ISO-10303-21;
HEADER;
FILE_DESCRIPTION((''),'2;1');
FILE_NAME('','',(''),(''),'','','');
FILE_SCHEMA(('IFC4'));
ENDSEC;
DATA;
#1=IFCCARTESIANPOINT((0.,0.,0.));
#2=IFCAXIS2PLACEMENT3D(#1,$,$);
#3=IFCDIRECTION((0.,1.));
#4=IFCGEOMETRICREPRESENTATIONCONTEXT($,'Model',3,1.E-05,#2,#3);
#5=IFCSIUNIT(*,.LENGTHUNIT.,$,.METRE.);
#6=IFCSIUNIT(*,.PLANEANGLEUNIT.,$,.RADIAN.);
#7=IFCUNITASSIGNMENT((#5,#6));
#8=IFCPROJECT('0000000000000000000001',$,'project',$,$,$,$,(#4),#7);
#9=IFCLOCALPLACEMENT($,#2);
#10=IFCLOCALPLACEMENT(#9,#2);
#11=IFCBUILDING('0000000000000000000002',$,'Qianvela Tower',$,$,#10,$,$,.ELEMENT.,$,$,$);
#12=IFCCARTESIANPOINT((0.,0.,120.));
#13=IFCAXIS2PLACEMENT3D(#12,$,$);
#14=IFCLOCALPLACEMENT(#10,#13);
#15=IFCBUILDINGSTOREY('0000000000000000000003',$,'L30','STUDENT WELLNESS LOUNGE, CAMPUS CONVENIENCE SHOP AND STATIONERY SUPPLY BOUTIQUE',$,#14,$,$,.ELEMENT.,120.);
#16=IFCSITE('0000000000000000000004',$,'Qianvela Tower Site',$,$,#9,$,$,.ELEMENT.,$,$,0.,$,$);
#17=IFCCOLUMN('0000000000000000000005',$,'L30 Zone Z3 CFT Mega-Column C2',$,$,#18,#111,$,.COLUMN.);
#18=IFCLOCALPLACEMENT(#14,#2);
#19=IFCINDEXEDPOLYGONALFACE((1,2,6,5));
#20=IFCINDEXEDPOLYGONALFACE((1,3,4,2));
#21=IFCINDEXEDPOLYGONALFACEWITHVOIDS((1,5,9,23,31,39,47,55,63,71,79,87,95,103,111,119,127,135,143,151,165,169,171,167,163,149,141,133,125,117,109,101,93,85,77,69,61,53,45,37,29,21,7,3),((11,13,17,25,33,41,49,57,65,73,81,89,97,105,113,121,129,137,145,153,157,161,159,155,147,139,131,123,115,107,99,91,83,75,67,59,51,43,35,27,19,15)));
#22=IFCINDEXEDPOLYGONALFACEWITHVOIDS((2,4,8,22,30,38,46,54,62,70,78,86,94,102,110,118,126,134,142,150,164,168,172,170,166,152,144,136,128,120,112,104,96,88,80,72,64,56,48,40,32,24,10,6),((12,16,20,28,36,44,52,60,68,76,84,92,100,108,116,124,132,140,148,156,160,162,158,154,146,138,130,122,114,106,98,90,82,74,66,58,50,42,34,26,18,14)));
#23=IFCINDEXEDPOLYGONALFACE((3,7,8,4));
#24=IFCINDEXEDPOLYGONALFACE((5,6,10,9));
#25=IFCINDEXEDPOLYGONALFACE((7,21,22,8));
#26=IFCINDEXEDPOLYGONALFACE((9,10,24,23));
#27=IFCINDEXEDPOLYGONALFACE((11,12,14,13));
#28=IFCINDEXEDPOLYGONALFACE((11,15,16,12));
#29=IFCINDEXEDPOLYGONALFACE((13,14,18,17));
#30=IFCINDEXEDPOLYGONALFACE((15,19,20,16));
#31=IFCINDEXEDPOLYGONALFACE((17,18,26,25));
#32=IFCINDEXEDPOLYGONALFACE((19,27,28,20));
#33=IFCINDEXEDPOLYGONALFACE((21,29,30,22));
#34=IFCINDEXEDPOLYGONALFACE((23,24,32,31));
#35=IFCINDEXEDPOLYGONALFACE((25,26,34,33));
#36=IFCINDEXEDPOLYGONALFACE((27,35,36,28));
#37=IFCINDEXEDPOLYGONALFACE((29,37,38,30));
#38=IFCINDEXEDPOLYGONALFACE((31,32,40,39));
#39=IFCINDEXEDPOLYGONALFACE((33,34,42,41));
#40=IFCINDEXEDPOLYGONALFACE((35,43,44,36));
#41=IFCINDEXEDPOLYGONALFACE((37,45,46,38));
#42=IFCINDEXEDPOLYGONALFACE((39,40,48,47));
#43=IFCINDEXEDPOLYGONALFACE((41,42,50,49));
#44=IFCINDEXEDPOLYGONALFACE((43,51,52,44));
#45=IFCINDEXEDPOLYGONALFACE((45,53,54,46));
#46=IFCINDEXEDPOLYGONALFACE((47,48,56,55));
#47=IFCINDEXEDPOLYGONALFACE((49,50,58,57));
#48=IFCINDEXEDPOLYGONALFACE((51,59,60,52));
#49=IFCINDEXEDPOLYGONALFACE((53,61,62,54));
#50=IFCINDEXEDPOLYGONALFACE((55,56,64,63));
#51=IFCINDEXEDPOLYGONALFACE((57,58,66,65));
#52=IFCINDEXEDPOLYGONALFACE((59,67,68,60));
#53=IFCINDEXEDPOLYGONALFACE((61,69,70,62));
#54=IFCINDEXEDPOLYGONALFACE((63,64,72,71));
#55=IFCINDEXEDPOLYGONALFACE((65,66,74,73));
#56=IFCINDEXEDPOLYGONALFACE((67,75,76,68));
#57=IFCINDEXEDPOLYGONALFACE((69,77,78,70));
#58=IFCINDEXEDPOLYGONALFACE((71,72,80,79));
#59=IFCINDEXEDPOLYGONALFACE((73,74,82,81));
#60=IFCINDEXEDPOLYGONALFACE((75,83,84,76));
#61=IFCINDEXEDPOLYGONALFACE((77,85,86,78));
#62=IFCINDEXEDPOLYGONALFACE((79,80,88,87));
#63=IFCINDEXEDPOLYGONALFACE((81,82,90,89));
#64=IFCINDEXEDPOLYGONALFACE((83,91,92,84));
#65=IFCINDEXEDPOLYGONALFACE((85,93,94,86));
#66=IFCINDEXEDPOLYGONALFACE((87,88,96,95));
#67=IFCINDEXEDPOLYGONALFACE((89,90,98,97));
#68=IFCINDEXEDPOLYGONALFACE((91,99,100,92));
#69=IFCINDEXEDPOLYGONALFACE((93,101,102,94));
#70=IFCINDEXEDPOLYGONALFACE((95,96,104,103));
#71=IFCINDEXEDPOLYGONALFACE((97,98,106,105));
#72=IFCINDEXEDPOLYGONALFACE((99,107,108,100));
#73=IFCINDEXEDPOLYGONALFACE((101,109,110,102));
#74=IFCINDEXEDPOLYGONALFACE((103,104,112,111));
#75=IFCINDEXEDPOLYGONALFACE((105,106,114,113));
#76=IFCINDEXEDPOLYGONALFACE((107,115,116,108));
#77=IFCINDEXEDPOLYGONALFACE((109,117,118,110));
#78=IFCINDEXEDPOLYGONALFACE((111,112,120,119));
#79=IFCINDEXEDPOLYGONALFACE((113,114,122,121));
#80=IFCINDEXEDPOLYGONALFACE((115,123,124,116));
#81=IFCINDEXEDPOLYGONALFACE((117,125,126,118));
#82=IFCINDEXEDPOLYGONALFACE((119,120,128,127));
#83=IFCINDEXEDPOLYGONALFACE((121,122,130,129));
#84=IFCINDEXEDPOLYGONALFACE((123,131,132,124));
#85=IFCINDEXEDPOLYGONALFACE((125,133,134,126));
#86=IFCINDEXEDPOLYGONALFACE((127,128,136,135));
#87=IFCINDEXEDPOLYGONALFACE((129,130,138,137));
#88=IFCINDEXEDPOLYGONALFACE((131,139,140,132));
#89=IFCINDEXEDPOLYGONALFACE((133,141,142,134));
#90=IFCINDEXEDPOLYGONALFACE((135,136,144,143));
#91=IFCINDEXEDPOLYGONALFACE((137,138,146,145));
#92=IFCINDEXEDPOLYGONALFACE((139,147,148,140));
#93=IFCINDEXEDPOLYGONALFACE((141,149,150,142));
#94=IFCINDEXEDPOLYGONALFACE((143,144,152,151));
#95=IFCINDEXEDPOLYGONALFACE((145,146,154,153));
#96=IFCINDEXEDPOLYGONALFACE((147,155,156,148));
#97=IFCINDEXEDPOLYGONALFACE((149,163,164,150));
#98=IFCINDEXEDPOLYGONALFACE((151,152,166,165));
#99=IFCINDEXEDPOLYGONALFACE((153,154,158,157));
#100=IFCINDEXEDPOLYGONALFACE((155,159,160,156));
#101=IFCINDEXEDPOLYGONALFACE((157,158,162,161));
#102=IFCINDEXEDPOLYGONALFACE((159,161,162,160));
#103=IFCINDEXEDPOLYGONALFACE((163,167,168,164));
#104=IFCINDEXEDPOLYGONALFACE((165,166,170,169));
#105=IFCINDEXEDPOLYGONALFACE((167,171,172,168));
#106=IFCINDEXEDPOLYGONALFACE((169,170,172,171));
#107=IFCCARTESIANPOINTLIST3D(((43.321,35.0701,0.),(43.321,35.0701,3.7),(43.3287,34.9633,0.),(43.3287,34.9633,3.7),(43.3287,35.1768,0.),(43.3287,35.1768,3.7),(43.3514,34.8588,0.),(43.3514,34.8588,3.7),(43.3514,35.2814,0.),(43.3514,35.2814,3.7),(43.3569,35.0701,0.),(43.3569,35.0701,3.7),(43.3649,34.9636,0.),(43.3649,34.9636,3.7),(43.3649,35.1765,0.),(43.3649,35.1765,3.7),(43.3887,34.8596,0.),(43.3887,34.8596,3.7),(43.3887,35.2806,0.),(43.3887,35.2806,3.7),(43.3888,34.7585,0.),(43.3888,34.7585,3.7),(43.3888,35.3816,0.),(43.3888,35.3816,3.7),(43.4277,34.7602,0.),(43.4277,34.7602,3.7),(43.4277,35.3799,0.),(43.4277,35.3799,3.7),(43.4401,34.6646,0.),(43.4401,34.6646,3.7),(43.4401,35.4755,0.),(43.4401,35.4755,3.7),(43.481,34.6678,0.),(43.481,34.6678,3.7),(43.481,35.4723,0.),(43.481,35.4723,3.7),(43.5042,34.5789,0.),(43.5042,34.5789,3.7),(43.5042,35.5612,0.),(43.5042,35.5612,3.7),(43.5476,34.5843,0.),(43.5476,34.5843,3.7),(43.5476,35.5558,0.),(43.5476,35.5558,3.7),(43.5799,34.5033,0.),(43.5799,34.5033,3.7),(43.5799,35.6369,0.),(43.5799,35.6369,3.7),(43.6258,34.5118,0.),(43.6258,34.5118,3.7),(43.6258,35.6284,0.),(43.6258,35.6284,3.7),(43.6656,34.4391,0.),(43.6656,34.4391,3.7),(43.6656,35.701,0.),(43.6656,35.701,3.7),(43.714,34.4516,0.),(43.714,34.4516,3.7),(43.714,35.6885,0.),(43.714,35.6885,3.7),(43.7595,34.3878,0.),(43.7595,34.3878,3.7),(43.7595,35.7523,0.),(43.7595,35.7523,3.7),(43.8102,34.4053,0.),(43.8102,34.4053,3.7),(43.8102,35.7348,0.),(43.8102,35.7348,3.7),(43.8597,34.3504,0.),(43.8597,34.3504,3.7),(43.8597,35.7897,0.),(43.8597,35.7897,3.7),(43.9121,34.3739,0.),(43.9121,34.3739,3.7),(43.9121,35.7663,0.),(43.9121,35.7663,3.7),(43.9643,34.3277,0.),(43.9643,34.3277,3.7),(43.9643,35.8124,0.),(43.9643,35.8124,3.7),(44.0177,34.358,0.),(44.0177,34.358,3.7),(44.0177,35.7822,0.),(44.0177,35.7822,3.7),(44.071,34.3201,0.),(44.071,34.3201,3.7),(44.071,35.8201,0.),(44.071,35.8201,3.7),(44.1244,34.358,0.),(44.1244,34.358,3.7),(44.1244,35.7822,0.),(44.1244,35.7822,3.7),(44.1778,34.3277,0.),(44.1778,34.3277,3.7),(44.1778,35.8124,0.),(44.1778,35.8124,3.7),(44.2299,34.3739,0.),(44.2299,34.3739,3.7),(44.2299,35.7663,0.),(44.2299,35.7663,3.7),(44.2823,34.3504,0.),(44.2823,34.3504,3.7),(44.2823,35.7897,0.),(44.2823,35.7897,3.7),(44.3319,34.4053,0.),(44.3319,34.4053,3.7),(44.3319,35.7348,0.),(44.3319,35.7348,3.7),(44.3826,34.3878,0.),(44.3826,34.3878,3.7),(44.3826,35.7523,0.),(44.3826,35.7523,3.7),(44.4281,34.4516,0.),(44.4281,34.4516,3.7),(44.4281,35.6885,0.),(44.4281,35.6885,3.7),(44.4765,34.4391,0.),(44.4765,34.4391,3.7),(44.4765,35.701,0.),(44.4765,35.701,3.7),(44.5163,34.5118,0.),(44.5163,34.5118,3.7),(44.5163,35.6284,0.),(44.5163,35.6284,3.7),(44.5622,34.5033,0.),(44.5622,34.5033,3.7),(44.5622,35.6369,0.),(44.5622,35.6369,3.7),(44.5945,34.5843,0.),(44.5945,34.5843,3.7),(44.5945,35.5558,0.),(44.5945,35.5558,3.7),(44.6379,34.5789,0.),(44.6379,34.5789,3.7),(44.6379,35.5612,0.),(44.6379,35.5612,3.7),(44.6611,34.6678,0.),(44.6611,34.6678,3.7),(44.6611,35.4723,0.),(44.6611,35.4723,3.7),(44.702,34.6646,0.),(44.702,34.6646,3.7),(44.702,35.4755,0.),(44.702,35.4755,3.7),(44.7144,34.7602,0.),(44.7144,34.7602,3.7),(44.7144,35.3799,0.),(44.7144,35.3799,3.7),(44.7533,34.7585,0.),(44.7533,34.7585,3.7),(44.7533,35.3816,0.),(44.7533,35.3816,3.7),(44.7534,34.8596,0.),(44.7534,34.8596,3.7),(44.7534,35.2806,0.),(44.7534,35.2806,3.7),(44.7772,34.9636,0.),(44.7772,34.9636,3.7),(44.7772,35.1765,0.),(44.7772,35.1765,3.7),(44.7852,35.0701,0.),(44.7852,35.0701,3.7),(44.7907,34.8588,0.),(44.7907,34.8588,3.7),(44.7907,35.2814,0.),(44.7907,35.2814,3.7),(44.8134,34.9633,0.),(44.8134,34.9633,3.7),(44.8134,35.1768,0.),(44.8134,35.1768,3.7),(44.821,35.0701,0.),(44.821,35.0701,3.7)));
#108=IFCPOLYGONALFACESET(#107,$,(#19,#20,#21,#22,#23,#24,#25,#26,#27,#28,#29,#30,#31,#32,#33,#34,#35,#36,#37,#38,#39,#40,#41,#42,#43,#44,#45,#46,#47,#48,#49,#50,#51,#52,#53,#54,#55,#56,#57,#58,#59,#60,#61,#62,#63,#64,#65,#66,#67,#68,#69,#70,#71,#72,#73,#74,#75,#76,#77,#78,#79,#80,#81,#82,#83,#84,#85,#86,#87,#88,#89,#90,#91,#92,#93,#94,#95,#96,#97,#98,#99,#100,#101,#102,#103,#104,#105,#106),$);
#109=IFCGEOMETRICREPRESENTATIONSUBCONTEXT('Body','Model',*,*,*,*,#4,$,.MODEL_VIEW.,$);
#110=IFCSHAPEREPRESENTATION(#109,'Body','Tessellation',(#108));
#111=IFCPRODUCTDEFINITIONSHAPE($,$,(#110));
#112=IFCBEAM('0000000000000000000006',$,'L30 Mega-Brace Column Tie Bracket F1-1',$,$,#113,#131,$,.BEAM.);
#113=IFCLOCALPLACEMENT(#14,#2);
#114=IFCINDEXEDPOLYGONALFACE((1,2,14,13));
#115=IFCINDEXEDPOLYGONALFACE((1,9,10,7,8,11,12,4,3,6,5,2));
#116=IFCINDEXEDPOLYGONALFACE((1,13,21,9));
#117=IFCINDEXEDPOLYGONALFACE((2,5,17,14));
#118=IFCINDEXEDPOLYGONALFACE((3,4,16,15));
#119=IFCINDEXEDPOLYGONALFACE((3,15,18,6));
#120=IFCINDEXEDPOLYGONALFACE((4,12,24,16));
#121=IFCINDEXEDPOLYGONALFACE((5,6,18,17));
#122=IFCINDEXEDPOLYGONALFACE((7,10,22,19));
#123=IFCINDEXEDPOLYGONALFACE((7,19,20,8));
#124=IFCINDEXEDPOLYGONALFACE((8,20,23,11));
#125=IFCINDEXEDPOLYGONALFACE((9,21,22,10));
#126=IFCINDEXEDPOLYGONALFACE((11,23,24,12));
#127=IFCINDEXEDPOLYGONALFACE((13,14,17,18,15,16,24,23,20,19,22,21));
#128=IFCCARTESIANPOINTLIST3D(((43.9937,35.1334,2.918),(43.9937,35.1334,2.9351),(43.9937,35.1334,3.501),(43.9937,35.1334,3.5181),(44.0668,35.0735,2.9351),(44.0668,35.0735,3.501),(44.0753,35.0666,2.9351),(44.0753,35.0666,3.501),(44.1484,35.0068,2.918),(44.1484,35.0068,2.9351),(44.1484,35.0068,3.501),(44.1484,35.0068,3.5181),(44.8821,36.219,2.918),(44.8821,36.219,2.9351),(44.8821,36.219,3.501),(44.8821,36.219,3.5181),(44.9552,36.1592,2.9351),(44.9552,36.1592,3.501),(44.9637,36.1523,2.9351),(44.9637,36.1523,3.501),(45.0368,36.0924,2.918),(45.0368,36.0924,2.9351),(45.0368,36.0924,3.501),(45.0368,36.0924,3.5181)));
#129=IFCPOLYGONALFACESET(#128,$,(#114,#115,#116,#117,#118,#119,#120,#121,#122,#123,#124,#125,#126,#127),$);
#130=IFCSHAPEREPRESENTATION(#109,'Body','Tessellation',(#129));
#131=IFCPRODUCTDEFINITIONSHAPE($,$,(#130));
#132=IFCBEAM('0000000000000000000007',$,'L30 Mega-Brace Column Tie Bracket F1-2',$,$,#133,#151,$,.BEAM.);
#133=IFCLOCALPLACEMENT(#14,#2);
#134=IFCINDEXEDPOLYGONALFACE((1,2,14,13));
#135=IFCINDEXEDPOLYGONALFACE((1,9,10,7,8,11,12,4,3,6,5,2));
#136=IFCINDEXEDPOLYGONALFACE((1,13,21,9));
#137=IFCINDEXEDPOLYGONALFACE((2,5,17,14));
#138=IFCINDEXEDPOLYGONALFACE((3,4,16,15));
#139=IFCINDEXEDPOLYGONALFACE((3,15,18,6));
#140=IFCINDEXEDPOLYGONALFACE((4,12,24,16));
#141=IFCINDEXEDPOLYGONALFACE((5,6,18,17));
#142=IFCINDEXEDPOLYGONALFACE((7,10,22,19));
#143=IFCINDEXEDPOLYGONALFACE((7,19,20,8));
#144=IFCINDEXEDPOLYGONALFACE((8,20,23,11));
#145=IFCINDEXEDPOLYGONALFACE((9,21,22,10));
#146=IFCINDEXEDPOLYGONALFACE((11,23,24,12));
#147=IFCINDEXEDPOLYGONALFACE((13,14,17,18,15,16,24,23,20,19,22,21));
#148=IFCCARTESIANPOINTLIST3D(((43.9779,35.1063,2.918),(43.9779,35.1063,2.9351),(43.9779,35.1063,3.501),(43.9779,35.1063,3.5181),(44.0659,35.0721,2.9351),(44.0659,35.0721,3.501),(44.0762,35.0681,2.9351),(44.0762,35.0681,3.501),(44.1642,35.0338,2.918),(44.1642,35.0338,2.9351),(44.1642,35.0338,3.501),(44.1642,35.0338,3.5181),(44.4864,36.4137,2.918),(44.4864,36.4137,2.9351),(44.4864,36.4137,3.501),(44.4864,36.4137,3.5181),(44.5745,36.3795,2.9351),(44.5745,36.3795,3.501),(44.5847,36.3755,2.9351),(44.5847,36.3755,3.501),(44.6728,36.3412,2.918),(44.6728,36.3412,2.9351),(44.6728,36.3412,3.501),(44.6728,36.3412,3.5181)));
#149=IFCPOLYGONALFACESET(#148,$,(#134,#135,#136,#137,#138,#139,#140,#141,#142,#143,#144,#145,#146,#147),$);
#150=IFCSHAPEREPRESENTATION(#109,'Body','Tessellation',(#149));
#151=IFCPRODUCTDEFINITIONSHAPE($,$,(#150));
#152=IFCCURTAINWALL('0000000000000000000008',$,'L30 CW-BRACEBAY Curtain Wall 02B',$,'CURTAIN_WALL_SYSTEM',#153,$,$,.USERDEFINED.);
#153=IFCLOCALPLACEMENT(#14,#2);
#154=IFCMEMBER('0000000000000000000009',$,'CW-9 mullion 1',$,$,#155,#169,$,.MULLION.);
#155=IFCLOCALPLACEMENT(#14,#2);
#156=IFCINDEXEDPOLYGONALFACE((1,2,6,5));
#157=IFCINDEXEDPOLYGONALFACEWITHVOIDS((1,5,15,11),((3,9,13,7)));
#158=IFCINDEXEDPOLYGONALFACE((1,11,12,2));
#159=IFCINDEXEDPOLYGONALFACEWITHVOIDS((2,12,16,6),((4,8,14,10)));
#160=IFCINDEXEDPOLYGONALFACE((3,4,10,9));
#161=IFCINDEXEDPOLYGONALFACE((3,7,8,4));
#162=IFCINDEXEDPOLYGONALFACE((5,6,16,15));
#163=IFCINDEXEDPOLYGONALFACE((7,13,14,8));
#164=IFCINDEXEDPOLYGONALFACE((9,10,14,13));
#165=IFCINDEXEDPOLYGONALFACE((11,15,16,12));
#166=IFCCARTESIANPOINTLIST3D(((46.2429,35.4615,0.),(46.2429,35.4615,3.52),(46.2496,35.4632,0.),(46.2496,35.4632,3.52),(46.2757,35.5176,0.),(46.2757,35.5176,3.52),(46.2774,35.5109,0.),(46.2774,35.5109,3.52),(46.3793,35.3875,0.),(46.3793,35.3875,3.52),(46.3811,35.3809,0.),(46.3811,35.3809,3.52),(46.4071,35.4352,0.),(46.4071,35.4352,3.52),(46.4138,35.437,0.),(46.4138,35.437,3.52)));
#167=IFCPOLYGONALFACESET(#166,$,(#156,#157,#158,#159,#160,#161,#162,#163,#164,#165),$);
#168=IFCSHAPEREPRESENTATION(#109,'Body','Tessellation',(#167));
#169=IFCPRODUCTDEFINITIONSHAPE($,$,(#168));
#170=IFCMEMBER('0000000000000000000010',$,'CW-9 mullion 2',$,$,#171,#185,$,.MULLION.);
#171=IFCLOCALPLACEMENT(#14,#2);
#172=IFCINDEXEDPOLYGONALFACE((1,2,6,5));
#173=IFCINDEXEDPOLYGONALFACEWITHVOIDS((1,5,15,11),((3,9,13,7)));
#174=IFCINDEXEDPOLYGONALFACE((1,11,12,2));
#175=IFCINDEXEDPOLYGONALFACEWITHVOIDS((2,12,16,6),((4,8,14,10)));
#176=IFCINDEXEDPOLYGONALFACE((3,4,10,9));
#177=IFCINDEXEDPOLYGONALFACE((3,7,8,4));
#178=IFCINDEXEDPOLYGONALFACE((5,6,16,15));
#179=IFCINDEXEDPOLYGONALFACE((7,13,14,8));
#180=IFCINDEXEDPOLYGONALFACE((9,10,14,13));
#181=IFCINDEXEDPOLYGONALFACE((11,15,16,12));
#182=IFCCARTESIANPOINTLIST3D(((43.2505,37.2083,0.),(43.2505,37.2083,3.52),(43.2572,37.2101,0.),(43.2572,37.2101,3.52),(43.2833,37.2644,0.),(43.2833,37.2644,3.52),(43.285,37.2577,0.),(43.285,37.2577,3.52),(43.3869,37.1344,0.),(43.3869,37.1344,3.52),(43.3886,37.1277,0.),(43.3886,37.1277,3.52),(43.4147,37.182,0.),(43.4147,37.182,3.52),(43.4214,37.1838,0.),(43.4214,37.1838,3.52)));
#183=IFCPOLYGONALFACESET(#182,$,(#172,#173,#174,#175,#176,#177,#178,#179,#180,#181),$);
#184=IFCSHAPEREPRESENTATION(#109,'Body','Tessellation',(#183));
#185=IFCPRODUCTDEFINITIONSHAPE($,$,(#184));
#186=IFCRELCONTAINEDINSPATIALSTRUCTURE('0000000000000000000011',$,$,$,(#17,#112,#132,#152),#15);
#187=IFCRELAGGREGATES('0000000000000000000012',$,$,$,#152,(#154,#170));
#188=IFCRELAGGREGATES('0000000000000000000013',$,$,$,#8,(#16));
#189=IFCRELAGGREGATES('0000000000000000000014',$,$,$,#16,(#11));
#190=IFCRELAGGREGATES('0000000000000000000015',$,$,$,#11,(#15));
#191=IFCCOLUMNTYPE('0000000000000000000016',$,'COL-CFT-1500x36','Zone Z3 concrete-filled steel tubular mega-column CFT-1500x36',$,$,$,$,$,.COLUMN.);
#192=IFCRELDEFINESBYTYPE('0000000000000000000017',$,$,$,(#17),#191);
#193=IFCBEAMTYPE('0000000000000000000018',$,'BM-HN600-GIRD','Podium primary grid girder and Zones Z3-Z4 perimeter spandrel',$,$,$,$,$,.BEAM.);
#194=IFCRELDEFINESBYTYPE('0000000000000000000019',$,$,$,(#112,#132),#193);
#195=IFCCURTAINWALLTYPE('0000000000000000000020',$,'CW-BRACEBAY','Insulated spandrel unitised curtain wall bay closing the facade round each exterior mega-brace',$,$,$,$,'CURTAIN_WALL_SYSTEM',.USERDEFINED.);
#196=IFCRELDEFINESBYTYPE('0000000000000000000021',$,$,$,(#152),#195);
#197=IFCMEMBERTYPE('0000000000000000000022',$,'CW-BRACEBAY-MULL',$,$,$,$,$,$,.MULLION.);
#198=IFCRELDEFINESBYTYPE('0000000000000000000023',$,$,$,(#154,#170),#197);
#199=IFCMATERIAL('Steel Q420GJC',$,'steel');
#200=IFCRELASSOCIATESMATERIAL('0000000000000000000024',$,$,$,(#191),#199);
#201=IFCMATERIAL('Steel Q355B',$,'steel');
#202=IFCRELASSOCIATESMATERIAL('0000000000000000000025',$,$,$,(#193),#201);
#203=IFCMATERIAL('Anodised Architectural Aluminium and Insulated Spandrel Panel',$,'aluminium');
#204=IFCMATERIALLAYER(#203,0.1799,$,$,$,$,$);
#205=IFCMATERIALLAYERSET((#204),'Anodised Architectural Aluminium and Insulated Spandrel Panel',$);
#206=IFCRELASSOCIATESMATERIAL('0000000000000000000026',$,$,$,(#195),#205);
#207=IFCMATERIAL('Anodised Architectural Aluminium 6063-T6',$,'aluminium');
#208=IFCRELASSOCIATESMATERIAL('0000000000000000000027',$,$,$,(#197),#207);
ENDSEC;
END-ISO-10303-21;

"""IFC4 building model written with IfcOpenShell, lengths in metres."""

from ifc_helpers import new_model, si_unit, direction, frame, origin, origin_2d, place, context, subcontext, project, spatial, hollow_rectangle, hollow_circle, i_section, extrude, material, layer, layer_set, material_profile, profile_set, type_object, element, aggregate, save


model = new_model("IFC4")

# Units and contexts
model_context = context("Model", 3, precision=1e-05, world=origin(), true_north=direction((0.0, 1.0)))
body_context = subcontext(model_context, "Body", "Model", "MODEL_VIEW")
ifc_project = project(units=[si_unit("LENGTHUNIT", "METRE"), si_unit("PLANEANGLEUNIT", "RADIAN")], contexts=[model_context])

# Site, building, storey
site_placement = place(None, origin())
site = spatial("IfcSite", under=ifc_project, at=site_placement, Name="Qianvela Tower Site", CompositionType="ELEMENT", RefElevation=0.0)
building_placement = place(site_placement, origin())
building = spatial("IfcBuilding", under=site, at=building_placement, Name="Qianvela Tower", CompositionType="ELEMENT")
storey_placement = place(building_placement, frame((0.0, 0.0, 120.0)))
storey = spatial("IfcBuildingStorey", under=building, at=storey_placement, Name="L30", Description="STUDENT WELLNESS LOUNGE, CAMPUS CONVENIENCE SHOP AND STATIONERY SUPPLY BOUTIQUE", CompositionType="ELEMENT", Elevation=120.0)

# Column
ifc_material_1 = material(Name="Steel Q420GJC", Category="steel")
ifc_material_profile_1 = material_profile(ifc_material_1, hollow_circle(Radius=0.75, WallThickness=0.0359, at=origin_2d()), Name="CFT-1500x36")
ifc_profile_set_1 = profile_set([ifc_material_profile_1], Name="Steel Q420GJC")
column_type = type_object("IfcColumnType", Name="COL-CFT-1500x36", Description="Zone Z3 concrete-filled steel tubular mega-column CFT-1500x36", PredefinedType="COLUMN", material=ifc_profile_set_1)
column_placement = place(storey_placement, frame((44.071, 35.0701, 0.0), z_axis=(0.0, 0.0, 1.0), x_axis=(1.0, 0.0, 0.0)))
element("IfcColumn", 1, at=column_placement, inside=storey, type_object=column_type, Name="L30 Zone Z3 CFT Mega-Column C2", PredefinedType="COLUMN", context=body_context, shape_type="SweptSolid", body=[
    extrude(hollow_circle(Radius=0.75, WallThickness=0.0359, at=origin_2d()), origin(), (0.0, 0.0, 1.0), 3.7),
])

# Beams
ifc_material_2 = material(Name="Steel Q355B", Category="steel")
ifc_material_profile_2 = material_profile(ifc_material_2, i_section(OverallWidth=0.2, OverallDepth=0.6001, WebThickness=0.011, FlangeThickness=0.0171, at=origin_2d()), Name="HN600x200x11x17")
ifc_profile_set_2 = profile_set([ifc_material_profile_2], Name="Steel Q355B")
beam_type = type_object("IfcBeamType", Name="BM-HN600-GIRD", Description="Podium primary grid girder and Zones Z3-Z4 perimeter spandrel", PredefinedType="BEAM", material=ifc_profile_set_2)
for number, where, z_axis, x_axis, name in (
    (2, (44.071, 35.0701, 3.218), (0.633295, 0.773911, 0.0), (-0.773911, 0.633295, 0.0), "L30 Mega-Brace Column Tie Bracket F1-1"),
    (3, (44.071, 35.0701, 3.218), (0.362522, 0.931975, 0.0), (-0.931975, 0.362522, 0.0), "L30 Mega-Brace Column Tie Bracket F1-2"),
):
    element("IfcBeam", number, at=place(storey_placement, frame(where, z_axis=z_axis, x_axis=x_axis)), inside=storey, type_object=beam_type, Name=name, PredefinedType="BEAM", context=body_context, shape_type="SweptSolid", body=[
        extrude(i_section(OverallWidth=0.2, OverallDepth=0.6001, WebThickness=0.011, FlangeThickness=0.0171, at=origin_2d()), origin(), (0.0, 0.0, 1.0), 1.4028),
    ])

# Curtain wall, members
ifc_material_3 = material(Name="Anodised Architectural Aluminium and Insulated Spandrel Panel", Category="aluminium")
ifc_layer_1 = layer(ifc_material_3, 0.1799)
ifc_layer_set_1 = layer_set([ifc_layer_1], Name="Anodised Architectural Aluminium and Insulated Spandrel Panel")
curtain_wall_type_1 = type_object("IfcCurtainWallType", Name="CW-BRACEBAY", Description="Insulated spandrel unitised curtain wall bay closing the facade round each exterior mega-brace", ElementType="CURTAIN_WALL_SYSTEM", PredefinedType="USERDEFINED", material=ifc_layer_set_1)
curtain_wall_1_placement = place(storey_placement, origin())
curtain_wall_1 = element("IfcCurtainWall", 4, at=curtain_wall_1_placement, inside=storey, type_object=curtain_wall_type_1, Name="L30 CW-BRACEBAY Curtain Wall 02B", ObjectType="CURTAIN_WALL_SYSTEM", PredefinedType="USERDEFINED")
ifc_material_4 = material(Name="Anodised Architectural Aluminium 6063-T6", Category="aluminium")
ifc_material_profile_3 = material_profile(ifc_material_4, hollow_rectangle(XDim=0.0649, YDim=0.1599, WallThickness=0.0049, at=origin_2d()), Name="ALU-MULL-65x160")
ifc_profile_set_3 = profile_set([ifc_material_profile_3], Name="Anodised Architectural Aluminium 6063-T6")
member_type_1 = type_object("IfcMemberType", Name="CW-BRACEBAY-MULL", PredefinedType="MULLION", material=ifc_profile_set_3)
member_1_placement = place(storey_placement, frame((46.3284, 35.4492, 0.0), z_axis=(0.0, 0.0, 1.0), x_axis=(-0.504102, -0.863644, 0.0)))
member_1 = element("IfcMember", 5, at=member_1_placement, type_object=member_type_1, Name="CW-9 mullion 1", PredefinedType="MULLION", context=body_context, shape_type="SweptSolid", body=[
    extrude(hollow_rectangle(XDim=0.0649, YDim=0.1599, WallThickness=0.0049, at=origin_2d()), origin(), (0.0, 0.0, 1.0), 3.52),
])
member_2_placement = place(storey_placement, frame((43.3359, 37.196, 0.0), z_axis=(0.0, 0.0, 1.0), x_axis=(-0.504102, -0.863644, 0.0)))
member_2 = element("IfcMember", 6, at=member_2_placement, type_object=member_type_1, Name="CW-9 mullion 2", PredefinedType="MULLION", context=body_context, shape_type="SweptSolid", body=[
    extrude(hollow_rectangle(XDim=0.0649, YDim=0.1599, WallThickness=0.0049, at=origin_2d()), origin(), (0.0, 0.0, 1.0), 3.52),
])

aggregate(curtain_wall_1, [member_1, member_2])

save(model, "model.ifc")
